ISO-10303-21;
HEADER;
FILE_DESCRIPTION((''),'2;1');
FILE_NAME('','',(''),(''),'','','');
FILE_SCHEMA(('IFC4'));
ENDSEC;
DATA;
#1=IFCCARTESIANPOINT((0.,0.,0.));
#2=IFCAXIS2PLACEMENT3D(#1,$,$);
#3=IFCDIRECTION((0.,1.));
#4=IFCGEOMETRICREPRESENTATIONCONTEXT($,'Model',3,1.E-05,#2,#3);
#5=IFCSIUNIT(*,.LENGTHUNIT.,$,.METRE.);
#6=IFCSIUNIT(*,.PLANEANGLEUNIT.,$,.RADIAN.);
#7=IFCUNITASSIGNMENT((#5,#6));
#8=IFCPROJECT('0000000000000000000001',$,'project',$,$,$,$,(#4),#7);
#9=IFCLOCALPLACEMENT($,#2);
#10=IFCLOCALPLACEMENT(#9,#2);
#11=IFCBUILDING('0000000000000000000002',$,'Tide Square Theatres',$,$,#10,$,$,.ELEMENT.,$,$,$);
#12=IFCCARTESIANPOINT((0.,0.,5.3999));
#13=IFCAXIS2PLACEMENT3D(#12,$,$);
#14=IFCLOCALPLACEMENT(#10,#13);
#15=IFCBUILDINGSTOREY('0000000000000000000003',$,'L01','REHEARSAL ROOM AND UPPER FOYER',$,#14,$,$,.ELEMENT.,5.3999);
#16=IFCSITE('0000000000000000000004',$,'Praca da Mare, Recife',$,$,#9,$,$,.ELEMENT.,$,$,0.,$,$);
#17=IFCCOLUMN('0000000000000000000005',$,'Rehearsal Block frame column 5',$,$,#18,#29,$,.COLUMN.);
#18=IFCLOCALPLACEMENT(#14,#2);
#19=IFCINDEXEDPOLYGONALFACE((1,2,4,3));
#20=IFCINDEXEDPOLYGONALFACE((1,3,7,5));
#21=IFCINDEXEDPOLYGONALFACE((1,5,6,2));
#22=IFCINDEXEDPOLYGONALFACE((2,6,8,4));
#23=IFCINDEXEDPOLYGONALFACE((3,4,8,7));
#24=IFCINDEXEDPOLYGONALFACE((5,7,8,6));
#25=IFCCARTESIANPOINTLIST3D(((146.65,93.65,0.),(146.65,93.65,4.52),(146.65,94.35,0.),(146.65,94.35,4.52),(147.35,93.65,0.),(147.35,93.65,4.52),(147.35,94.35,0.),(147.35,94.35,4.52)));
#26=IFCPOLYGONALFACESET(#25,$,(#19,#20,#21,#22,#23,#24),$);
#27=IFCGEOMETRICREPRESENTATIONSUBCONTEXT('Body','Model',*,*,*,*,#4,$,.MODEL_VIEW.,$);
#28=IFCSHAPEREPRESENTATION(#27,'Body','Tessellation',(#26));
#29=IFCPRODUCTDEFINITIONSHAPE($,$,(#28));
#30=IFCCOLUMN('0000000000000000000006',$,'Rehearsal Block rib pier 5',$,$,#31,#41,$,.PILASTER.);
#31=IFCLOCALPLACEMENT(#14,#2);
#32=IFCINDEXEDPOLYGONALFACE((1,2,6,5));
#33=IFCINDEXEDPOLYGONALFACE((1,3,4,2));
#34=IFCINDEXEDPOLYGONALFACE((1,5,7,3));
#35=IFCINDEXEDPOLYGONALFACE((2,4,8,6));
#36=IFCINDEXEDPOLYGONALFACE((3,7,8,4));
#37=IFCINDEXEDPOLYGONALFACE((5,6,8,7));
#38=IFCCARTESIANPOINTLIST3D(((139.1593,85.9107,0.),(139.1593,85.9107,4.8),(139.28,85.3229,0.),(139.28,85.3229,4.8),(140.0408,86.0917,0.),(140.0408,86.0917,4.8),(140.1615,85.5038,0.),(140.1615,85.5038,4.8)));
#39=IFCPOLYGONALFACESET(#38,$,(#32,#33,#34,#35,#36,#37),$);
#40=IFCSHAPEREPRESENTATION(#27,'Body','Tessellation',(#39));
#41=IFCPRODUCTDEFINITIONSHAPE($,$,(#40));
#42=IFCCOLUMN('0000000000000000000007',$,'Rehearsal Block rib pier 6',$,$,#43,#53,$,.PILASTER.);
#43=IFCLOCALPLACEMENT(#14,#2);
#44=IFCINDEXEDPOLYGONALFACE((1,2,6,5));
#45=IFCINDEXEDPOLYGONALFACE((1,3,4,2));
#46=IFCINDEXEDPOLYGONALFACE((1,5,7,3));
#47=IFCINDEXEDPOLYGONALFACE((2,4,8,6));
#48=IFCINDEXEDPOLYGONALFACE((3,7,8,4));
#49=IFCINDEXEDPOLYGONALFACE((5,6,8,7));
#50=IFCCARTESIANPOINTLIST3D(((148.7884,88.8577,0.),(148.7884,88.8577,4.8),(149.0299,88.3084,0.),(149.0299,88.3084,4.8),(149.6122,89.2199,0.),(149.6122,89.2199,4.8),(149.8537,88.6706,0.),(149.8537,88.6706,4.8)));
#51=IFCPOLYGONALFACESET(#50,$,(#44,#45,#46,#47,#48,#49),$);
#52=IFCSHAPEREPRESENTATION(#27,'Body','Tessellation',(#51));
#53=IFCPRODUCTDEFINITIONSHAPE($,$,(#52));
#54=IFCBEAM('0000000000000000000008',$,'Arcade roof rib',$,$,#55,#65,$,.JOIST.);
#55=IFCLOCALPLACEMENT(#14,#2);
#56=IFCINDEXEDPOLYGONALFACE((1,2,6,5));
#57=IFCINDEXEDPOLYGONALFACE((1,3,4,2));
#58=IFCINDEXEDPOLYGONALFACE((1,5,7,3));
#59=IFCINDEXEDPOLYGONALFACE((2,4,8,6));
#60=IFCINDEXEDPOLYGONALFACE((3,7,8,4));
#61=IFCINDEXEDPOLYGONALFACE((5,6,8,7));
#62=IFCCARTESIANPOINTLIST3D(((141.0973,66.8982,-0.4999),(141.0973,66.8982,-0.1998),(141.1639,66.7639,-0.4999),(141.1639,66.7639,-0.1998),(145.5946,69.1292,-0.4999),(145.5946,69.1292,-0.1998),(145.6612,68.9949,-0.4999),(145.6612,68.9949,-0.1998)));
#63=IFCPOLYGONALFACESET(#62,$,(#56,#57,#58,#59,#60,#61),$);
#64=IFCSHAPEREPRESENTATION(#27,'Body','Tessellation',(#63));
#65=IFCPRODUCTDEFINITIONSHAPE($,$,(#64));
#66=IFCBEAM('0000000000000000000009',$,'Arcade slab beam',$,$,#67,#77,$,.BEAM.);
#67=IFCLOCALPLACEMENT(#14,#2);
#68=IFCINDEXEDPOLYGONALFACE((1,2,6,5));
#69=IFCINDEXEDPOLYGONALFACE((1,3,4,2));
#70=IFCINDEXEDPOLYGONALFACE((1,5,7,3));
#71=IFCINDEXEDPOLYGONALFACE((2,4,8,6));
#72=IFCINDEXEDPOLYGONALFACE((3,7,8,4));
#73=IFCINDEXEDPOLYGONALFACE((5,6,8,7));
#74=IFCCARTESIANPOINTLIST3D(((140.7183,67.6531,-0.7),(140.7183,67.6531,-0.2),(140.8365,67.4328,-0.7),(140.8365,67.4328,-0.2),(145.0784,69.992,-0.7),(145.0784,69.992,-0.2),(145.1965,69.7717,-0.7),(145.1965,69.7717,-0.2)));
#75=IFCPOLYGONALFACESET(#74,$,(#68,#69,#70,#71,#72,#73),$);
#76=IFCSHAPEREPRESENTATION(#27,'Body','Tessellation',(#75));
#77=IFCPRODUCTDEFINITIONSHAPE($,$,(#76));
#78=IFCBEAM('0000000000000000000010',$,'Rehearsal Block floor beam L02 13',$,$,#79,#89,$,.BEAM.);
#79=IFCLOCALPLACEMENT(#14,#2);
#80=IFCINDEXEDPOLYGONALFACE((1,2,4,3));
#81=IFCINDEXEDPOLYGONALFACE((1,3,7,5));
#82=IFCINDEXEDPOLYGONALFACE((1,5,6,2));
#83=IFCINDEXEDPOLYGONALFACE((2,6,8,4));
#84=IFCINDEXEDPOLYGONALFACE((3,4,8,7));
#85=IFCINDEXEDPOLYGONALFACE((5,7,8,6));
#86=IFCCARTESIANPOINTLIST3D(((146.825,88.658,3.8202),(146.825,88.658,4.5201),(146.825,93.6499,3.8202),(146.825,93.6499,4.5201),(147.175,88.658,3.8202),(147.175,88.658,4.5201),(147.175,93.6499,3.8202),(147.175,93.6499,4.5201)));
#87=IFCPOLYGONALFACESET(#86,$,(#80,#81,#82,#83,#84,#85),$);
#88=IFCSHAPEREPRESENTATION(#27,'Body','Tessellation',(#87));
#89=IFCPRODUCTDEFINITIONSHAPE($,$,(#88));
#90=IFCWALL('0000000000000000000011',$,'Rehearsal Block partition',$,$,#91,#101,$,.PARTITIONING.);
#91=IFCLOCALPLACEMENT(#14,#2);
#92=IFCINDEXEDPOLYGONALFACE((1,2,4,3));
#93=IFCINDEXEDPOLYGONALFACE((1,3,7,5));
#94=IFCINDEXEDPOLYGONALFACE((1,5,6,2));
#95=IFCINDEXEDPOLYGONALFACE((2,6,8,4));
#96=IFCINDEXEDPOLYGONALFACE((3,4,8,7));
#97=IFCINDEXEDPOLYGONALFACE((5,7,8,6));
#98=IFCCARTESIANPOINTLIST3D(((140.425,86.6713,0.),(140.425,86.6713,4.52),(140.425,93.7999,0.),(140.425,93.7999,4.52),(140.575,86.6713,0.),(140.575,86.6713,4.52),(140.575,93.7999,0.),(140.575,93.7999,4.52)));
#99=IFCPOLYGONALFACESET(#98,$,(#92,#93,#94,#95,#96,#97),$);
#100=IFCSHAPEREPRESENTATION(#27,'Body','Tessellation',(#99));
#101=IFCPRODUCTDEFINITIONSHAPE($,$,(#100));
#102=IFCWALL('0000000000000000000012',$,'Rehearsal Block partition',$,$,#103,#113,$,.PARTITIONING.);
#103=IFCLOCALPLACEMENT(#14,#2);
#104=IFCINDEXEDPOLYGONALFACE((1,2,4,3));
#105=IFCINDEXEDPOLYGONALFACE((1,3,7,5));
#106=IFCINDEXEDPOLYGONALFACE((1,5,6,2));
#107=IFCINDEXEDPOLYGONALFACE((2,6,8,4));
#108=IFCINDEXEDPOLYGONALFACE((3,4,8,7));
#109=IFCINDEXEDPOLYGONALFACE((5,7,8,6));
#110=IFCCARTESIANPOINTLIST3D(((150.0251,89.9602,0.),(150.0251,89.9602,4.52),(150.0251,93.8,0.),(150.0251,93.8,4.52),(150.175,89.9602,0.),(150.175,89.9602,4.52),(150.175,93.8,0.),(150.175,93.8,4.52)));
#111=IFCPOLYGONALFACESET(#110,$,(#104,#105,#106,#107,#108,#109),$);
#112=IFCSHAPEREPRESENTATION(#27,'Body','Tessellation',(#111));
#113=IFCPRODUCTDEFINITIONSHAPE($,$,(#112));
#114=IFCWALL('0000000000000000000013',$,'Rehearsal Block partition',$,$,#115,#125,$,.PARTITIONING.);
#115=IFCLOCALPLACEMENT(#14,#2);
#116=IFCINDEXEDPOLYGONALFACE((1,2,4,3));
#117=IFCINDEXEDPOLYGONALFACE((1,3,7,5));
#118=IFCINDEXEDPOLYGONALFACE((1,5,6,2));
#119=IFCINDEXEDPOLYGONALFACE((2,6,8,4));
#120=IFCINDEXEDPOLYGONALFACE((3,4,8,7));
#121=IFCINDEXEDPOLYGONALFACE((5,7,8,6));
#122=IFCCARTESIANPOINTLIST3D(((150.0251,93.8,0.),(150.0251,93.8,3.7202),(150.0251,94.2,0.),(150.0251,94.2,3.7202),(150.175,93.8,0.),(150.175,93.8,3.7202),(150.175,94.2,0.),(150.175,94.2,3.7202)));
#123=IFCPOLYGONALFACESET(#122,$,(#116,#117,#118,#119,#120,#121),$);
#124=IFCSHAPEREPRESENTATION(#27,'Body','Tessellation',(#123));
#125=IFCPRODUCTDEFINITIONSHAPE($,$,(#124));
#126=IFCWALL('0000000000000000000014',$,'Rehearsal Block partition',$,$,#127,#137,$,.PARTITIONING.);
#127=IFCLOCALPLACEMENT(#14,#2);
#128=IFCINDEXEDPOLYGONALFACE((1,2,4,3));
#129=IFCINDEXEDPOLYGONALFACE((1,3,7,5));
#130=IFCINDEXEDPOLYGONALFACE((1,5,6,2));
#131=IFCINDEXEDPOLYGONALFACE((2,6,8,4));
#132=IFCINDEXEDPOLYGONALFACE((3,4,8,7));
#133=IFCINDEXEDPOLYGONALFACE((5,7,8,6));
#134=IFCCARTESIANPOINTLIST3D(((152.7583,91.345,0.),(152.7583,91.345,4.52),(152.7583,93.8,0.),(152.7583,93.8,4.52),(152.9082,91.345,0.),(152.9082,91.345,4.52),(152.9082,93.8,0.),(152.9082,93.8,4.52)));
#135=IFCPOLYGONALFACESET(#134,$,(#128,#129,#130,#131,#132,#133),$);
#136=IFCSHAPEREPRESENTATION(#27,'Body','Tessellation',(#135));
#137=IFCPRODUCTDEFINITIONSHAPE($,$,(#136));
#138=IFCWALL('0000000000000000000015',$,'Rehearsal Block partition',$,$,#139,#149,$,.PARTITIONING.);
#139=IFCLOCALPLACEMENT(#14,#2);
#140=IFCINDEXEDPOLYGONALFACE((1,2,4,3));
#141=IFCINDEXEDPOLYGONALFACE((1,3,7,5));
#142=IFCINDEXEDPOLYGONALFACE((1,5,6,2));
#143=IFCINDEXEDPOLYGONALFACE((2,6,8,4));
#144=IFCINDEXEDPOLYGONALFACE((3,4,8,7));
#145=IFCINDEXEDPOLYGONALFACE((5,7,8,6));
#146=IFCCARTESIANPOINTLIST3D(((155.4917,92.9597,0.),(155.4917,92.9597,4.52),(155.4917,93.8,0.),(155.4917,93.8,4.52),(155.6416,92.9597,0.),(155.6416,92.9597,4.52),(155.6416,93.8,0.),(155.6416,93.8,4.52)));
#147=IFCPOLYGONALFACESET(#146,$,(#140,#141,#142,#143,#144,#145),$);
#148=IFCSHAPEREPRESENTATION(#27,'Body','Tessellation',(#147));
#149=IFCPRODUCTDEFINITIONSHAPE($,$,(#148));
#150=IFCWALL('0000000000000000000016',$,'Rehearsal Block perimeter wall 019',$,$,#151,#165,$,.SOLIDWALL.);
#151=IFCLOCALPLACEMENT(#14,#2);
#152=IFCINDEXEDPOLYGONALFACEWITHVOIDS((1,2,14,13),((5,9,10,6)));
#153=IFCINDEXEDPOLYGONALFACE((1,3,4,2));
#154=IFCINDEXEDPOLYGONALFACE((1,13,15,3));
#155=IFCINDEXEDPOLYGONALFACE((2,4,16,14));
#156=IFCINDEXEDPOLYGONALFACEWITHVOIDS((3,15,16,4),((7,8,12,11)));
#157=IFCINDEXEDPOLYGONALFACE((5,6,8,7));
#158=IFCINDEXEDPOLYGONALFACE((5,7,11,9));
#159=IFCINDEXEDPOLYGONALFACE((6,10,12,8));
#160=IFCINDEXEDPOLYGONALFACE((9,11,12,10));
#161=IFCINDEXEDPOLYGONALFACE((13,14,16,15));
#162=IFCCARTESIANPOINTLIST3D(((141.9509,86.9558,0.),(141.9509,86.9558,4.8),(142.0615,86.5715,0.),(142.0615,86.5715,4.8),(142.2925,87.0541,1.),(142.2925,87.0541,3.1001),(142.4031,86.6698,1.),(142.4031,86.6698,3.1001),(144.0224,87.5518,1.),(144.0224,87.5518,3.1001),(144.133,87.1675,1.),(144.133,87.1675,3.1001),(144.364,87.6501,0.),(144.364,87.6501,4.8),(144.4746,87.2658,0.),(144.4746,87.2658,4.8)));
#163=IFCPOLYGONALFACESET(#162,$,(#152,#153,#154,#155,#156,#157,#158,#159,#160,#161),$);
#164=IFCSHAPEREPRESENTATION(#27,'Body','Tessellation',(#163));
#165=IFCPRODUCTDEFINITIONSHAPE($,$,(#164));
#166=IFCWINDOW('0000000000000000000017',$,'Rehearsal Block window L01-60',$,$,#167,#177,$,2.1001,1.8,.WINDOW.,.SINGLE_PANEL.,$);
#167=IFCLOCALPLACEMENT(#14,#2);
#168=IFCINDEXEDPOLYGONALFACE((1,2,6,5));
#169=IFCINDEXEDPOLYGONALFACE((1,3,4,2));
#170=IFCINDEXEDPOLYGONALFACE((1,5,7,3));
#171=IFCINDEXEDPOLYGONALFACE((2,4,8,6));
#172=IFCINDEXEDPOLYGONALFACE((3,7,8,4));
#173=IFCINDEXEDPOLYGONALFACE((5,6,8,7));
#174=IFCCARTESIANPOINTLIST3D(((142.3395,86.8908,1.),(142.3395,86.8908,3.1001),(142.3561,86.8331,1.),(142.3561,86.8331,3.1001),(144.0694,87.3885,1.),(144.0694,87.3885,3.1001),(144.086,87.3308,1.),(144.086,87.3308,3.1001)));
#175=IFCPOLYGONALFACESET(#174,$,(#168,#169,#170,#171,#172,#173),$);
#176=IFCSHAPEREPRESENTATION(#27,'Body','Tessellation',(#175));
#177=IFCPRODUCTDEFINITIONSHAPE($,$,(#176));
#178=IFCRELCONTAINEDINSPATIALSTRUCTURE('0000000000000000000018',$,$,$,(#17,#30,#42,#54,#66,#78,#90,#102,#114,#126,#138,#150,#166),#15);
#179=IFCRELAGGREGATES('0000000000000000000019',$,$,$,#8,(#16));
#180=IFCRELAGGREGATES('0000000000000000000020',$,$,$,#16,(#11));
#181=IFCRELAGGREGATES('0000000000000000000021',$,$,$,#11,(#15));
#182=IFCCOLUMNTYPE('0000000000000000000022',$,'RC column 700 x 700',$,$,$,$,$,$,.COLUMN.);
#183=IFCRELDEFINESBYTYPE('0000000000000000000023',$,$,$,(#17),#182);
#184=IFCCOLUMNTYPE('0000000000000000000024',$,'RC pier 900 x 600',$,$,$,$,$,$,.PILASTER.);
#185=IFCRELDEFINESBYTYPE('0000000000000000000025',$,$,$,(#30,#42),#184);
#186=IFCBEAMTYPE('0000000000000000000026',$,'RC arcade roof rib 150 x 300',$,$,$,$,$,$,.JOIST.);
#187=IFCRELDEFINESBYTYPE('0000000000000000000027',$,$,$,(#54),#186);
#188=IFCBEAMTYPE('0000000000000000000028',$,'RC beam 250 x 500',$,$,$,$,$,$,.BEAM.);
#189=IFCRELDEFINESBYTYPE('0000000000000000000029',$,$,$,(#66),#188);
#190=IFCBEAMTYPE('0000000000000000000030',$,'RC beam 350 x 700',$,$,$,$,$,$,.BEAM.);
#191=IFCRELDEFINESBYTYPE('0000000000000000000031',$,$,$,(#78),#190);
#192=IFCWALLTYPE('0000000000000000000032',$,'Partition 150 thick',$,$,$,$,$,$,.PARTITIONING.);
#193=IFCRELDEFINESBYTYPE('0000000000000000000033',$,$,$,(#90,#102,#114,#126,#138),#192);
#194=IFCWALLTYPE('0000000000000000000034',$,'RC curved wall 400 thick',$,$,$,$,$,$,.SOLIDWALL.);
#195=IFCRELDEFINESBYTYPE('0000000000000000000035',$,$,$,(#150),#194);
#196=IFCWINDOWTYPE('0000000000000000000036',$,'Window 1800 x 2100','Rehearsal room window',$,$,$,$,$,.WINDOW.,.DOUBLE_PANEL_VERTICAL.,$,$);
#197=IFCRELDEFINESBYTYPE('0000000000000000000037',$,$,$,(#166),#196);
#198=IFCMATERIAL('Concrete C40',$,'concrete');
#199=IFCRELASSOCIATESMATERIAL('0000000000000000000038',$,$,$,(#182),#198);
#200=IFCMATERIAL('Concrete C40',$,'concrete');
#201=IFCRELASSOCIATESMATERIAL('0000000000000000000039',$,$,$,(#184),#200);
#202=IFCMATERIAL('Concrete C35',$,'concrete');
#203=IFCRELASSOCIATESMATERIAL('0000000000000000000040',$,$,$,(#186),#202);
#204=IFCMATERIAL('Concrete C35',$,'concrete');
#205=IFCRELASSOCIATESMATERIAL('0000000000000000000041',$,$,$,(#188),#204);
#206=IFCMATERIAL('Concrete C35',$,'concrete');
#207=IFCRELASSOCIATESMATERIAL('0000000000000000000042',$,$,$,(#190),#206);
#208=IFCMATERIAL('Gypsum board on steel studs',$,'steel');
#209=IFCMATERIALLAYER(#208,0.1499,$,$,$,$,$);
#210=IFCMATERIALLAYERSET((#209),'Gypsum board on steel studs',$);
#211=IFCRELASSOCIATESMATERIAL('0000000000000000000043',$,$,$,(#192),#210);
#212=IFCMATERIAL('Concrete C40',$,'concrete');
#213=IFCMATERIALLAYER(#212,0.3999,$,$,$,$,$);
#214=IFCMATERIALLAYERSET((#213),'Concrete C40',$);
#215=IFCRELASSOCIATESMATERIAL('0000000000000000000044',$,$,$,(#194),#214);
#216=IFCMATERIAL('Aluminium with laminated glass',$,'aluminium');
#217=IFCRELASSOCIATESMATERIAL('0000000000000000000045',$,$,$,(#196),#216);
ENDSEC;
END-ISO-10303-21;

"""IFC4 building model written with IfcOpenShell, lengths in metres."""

from ifc_helpers import new_model, si_unit, direction, frame, frame_2d, origin, origin_2d, place, context, subcontext, project, spatial, rectangle, extrude, material, layer, layer_set, material_profile, profile_set, type_object, element, fill, save


model = new_model("IFC4")

# Units and contexts
model_context = context("Model", 3, precision=1e-05, world=origin(), true_north=direction((0.0, 1.0)))
body_context = subcontext(model_context, "Body", "Model", "MODEL_VIEW")
ifc_project = project(units=[si_unit("LENGTHUNIT", "METRE"), si_unit("PLANEANGLEUNIT", "RADIAN")], contexts=[model_context])

# Site, building, storey
site_placement = place(None, origin())
site = spatial("IfcSite", under=ifc_project, at=site_placement, Name="Praca da Mare, Recife", CompositionType="ELEMENT", RefElevation=0.0)
building_placement = place(site_placement, origin())
building = spatial("IfcBuilding", under=site, at=building_placement, Name="Tide Square Theatres", CompositionType="ELEMENT")
storey_placement = place(building_placement, frame((0.0, 0.0, 5.3999)))
storey = spatial("IfcBuildingStorey", under=building, at=storey_placement, Name="L01", Description="REHEARSAL ROOM AND UPPER FOYER", CompositionType="ELEMENT", Elevation=5.3999)

# Columns
ifc_material_1 = material(Name="Concrete C40", Category="concrete")
ifc_material_profile_1 = material_profile(ifc_material_1, rectangle(XDim=0.7, YDim=0.7, at=origin_2d()))
ifc_profile_set_1 = profile_set([ifc_material_profile_1], Name="Concrete C40")
column_type_1 = type_object("IfcColumnType", Name="RC column 700 x 700", PredefinedType="COLUMN", material=ifc_profile_set_1)
column_placement = place(storey_placement, frame((147.0, 94.0, 0.0), z_axis=(0.0, 0.0, 1.0), x_axis=(1.0, 0.0, 0.0)))
element("IfcColumn", 1, at=column_placement, inside=storey, type_object=column_type_1, Name="Rehearsal Block frame column 5", PredefinedType="COLUMN", context=body_context, shape_type="SweptSolid", body=[
    extrude(rectangle(XDim=0.7, YDim=0.7, at=origin_2d()), origin(), (0.0, 0.0, 1.0), 4.52),
])
ifc_material_2 = material(Name="Concrete C40", Category="concrete")
ifc_material_profile_2 = material_profile(ifc_material_2, rectangle(XDim=0.8999, YDim=0.6001, at=origin_2d()))
ifc_profile_set_2 = profile_set([ifc_material_profile_2], Name="Concrete C40")
column_type_2 = type_object("IfcColumnType", Name="RC pier 900 x 600", PredefinedType="PILASTER", material=ifc_profile_set_2)
for number, where, z_axis, x_axis, name in (
    (2, (139.6604, 85.7073, 0.0), (0.0, 0.0, 1.0), (0.979575, 0.201079, 0.0), "Rehearsal Block rib pier 5"),
    (3, (149.321, 88.7642, 0.0), (0.0, 0.0, 1.0), (0.915419, 0.402502, 0.0), "Rehearsal Block rib pier 6"),
):
    element("IfcColumn", number, at=place(storey_placement, frame(where, z_axis=z_axis, x_axis=x_axis)), inside=storey, type_object=column_type_2, Name=name, PredefinedType="PILASTER", context=body_context, shape_type="SweptSolid", body=[
        extrude(rectangle(XDim=0.8999, YDim=0.6001, at=origin_2d()), origin(), (0.0, 0.0, 1.0), 4.8),
    ])

# Beams
ifc_material_3 = material(Name="Concrete C35", Category="concrete")
ifc_material_profile_3 = material_profile(ifc_material_3, rectangle(XDim=0.1499, YDim=0.3, at=origin_2d()))
ifc_profile_set_3 = profile_set([ifc_material_profile_3], Name="Concrete C35")
beam_type_1 = type_object("IfcBeamType", Name="RC arcade roof rib 150 x 300", PredefinedType="JOIST", material=ifc_profile_set_3)
beam_1_placement = place(storey_placement, frame((145.6279, 69.062, -0.3499), z_axis=(-0.895833, -0.444391, 0.0), x_axis=(0.444391, -0.895833, 0.0)))
element("IfcBeam", 4, at=beam_1_placement, inside=storey, type_object=beam_type_1, Name="Arcade roof rib", PredefinedType="JOIST", context=body_context, shape_type="SweptSolid", body=[
    extrude(rectangle(XDim=0.1499, YDim=0.3, at=origin_2d()), origin(), (0.0, 0.0, 1.0), 5.0203),
])
ifc_material_4 = material(Name="Concrete C35", Category="concrete")
ifc_material_profile_4 = material_profile(ifc_material_4, rectangle(XDim=0.25, YDim=0.5, at=origin_2d()))
ifc_profile_set_4 = profile_set([ifc_material_profile_4], Name="Concrete C35")
beam_type_2 = type_object("IfcBeamType", Name="RC beam 250 x 500", PredefinedType="BEAM", material=ifc_profile_set_4)
beam_2_placement = place(storey_placement, frame((145.1375, 69.8818, -0.45), z_axis=(-0.881219, -0.472707, 0.0), x_axis=(0.472707, -0.881219, 0.0)))
element("IfcBeam", 5, at=beam_2_placement, inside=storey, type_object=beam_type_2, Name="Arcade slab beam", PredefinedType="BEAM", context=body_context, shape_type="SweptSolid", body=[
    extrude(rectangle(XDim=0.25, YDim=0.5, at=origin_2d()), origin(), (0.0, 0.0, 1.0), 4.9478),
])
ifc_material_5 = material(Name="Concrete C35", Category="concrete")
ifc_material_profile_5 = material_profile(ifc_material_5, rectangle(XDim=0.3501, YDim=0.7, at=origin_2d()))
ifc_profile_set_5 = profile_set([ifc_material_profile_5], Name="Concrete C35")
beam_type_3 = type_object("IfcBeamType", Name="RC beam 350 x 700", PredefinedType="BEAM", material=ifc_profile_set_5)
beam_3_placement = place(storey_placement, frame((147.0, 88.658, 4.1702), z_axis=(0.0, 1.0, 0.0), x_axis=(-1.0, 0.0, 0.0)))
element("IfcBeam", 6, at=beam_3_placement, inside=storey, type_object=beam_type_3, Name="Rehearsal Block floor beam L02 13", PredefinedType="BEAM", context=body_context, shape_type="SweptSolid", body=[
    extrude(rectangle(XDim=0.3501, YDim=0.7, at=origin_2d()), origin(), (0.0, 0.0, 1.0), 4.9919),
])

# Walls
ifc_material_6 = material(Name="Gypsum board on steel studs", Category="steel")
ifc_layer_1 = layer(ifc_material_6, 0.1499)
ifc_layer_set_1 = layer_set([ifc_layer_1], Name="Gypsum board on steel studs")
wall_type_1 = type_object("IfcWallType", Name="Partition 150 thick", PredefinedType="PARTITIONING", material=ifc_layer_set_1)
wall_1_placement = place(storey_placement, frame((140.5, 93.8, 0.0), z_axis=(0.0, 0.0, 1.0), x_axis=(0.0, -1.0, 0.0)))
element("IfcWall", 7, at=wall_1_placement, inside=storey, type_object=wall_type_1, Name="Rehearsal Block partition", PredefinedType="PARTITIONING", context=body_context, shape_type="SweptSolid", body=[
    extrude(rectangle(XDim=7.1287, YDim=0.1499, at=frame_2d((3.5645, 0.0))), origin(), (0.0, 0.0, 1.0), 4.52),
])
wall_2_placement = place(storey_placement, frame((150.1001, 89.9602, 0.0), z_axis=(0.0, 0.0, 1.0), x_axis=(0.0, 1.0, 0.0)))
element("IfcWall", 8, at=wall_2_placement, inside=storey, type_object=wall_type_1, Name="Rehearsal Block partition", PredefinedType="PARTITIONING", context=body_context, shape_type="SweptSolid", body=[
    extrude(rectangle(XDim=3.8398, YDim=0.1499, at=frame_2d((1.9199, 0.0))), origin(), (0.0, 0.0, 1.0), 4.52),
])
wall_3_placement = place(storey_placement, frame((150.1001, 93.8, 0.0), z_axis=(0.0, 0.0, 1.0), x_axis=(0.0, 1.0, 0.0)))
element("IfcWall", 9, at=wall_3_placement, inside=storey, type_object=wall_type_1, Name="Rehearsal Block partition", PredefinedType="PARTITIONING", context=body_context, shape_type="SweptSolid", body=[
    extrude(rectangle(XDim=0.3999, YDim=0.1499, at=frame_2d((0.2, 0.0))), origin(), (0.0, 0.0, 1.0), 3.7202),
])
wall_4_placement = place(storey_placement, frame((152.8333, 93.8, 0.0), z_axis=(0.0, 0.0, 1.0), x_axis=(0.0, -1.0, 0.0)))
element("IfcWall", 10, at=wall_4_placement, inside=storey, type_object=wall_type_1, Name="Rehearsal Block partition", PredefinedType="PARTITIONING", context=body_context, shape_type="SweptSolid", body=[
    extrude(rectangle(XDim=2.4551, YDim=0.1499, at=frame_2d((1.2275, 0.0))), origin(), (0.0, 0.0, 1.0), 4.52),
])
wall_5_placement = place(storey_placement, frame((155.5667, 93.8, 0.0), z_axis=(0.0, 0.0, 1.0), x_axis=(0.0, -1.0, 0.0)))
element("IfcWall", 11, at=wall_5_placement, inside=storey, type_object=wall_type_1, Name="Rehearsal Block partition", PredefinedType="PARTITIONING", context=body_context, shape_type="SweptSolid", body=[
    extrude(rectangle(XDim=0.8403, YDim=0.1499, at=frame_2d((0.4202, 0.0))), origin(), (0.0, 0.0, 1.0), 4.52),
])

# Wall, opening, window
ifc_material_7 = material(Name="Concrete C40", Category="concrete")
ifc_layer_2 = layer(ifc_material_7, 0.3999)
ifc_layer_set_2 = layer_set([ifc_layer_2], Name="Concrete C40")
wall_type_2 = type_object("IfcWallType", Name="RC curved wall 400 thick", PredefinedType="SOLIDWALL", material=ifc_layer_set_2)
wall_6_placement = place(storey_placement, frame((142.0063, 86.7637, 0.0), z_axis=(0.0, 0.0, 1.0), x_axis=(0.961009, 0.276518, 0.0)))
wall_6 = element("IfcWall", 12, at=wall_6_placement, inside=storey, type_object=wall_type_2, Name="Rehearsal Block perimeter wall 019", PredefinedType="SOLIDWALL", context=body_context, shape_type="SweptSolid", body=[
    extrude(rectangle(XDim=2.511, YDim=0.3999, at=frame_2d((1.2554, 0.0))), origin(), (0.0, 0.0, 1.0), 4.8),
])
opening_1_placement = place(wall_6_placement, frame((0.3555, 0.0, 1.0)))
opening_1 = element("IfcOpeningElement", 13, at=opening_1_placement, cuts=wall_6, PredefinedType="OPENING", context=body_context, shape_type="SweptSolid", body=[
    extrude(rectangle(XDim=1.8, YDim=2.1001, at=frame_2d((0.8999, 1.05))), frame((0.0, 0.21, 0.0), z_axis=(0.0, -1.0, 0.0), x_axis=(1.0, 0.0, 0.0)), (0.0, 0.0, 1.0), 0.4199),
])
ifc_material_8 = material(Name="Aluminium with laminated glass", Category="aluminium")
window_type_1 = type_object("IfcWindowType", Name="Window 1800 x 2100", Description="Rehearsal room window", PartitioningType="DOUBLE_PANEL_VERTICAL", PredefinedType="WINDOW", material=ifc_material_8)
window_1_placement = place(opening_1_placement, origin())
window_1 = element("IfcWindow", 14, at=window_1_placement, inside=storey, type_object=window_type_1, Name="Rehearsal Block window L01-60", OverallHeight=2.1001, OverallWidth=1.8, PartitioningType="SINGLE_PANEL", PredefinedType="WINDOW", context=body_context, shape_type="SweptSolid", body=[
    extrude(rectangle(XDim=1.8, YDim=2.1001, at=frame_2d((0.8999, 1.05))), frame((0.0, 0.03, 0.0), z_axis=(0.0, -1.0, 0.0), x_axis=(1.0, 0.0, 0.0)), (0.0, 0.0, 1.0), 0.0601),
])
fill(opening_1, window_1)

save(model, "model.ifc")
